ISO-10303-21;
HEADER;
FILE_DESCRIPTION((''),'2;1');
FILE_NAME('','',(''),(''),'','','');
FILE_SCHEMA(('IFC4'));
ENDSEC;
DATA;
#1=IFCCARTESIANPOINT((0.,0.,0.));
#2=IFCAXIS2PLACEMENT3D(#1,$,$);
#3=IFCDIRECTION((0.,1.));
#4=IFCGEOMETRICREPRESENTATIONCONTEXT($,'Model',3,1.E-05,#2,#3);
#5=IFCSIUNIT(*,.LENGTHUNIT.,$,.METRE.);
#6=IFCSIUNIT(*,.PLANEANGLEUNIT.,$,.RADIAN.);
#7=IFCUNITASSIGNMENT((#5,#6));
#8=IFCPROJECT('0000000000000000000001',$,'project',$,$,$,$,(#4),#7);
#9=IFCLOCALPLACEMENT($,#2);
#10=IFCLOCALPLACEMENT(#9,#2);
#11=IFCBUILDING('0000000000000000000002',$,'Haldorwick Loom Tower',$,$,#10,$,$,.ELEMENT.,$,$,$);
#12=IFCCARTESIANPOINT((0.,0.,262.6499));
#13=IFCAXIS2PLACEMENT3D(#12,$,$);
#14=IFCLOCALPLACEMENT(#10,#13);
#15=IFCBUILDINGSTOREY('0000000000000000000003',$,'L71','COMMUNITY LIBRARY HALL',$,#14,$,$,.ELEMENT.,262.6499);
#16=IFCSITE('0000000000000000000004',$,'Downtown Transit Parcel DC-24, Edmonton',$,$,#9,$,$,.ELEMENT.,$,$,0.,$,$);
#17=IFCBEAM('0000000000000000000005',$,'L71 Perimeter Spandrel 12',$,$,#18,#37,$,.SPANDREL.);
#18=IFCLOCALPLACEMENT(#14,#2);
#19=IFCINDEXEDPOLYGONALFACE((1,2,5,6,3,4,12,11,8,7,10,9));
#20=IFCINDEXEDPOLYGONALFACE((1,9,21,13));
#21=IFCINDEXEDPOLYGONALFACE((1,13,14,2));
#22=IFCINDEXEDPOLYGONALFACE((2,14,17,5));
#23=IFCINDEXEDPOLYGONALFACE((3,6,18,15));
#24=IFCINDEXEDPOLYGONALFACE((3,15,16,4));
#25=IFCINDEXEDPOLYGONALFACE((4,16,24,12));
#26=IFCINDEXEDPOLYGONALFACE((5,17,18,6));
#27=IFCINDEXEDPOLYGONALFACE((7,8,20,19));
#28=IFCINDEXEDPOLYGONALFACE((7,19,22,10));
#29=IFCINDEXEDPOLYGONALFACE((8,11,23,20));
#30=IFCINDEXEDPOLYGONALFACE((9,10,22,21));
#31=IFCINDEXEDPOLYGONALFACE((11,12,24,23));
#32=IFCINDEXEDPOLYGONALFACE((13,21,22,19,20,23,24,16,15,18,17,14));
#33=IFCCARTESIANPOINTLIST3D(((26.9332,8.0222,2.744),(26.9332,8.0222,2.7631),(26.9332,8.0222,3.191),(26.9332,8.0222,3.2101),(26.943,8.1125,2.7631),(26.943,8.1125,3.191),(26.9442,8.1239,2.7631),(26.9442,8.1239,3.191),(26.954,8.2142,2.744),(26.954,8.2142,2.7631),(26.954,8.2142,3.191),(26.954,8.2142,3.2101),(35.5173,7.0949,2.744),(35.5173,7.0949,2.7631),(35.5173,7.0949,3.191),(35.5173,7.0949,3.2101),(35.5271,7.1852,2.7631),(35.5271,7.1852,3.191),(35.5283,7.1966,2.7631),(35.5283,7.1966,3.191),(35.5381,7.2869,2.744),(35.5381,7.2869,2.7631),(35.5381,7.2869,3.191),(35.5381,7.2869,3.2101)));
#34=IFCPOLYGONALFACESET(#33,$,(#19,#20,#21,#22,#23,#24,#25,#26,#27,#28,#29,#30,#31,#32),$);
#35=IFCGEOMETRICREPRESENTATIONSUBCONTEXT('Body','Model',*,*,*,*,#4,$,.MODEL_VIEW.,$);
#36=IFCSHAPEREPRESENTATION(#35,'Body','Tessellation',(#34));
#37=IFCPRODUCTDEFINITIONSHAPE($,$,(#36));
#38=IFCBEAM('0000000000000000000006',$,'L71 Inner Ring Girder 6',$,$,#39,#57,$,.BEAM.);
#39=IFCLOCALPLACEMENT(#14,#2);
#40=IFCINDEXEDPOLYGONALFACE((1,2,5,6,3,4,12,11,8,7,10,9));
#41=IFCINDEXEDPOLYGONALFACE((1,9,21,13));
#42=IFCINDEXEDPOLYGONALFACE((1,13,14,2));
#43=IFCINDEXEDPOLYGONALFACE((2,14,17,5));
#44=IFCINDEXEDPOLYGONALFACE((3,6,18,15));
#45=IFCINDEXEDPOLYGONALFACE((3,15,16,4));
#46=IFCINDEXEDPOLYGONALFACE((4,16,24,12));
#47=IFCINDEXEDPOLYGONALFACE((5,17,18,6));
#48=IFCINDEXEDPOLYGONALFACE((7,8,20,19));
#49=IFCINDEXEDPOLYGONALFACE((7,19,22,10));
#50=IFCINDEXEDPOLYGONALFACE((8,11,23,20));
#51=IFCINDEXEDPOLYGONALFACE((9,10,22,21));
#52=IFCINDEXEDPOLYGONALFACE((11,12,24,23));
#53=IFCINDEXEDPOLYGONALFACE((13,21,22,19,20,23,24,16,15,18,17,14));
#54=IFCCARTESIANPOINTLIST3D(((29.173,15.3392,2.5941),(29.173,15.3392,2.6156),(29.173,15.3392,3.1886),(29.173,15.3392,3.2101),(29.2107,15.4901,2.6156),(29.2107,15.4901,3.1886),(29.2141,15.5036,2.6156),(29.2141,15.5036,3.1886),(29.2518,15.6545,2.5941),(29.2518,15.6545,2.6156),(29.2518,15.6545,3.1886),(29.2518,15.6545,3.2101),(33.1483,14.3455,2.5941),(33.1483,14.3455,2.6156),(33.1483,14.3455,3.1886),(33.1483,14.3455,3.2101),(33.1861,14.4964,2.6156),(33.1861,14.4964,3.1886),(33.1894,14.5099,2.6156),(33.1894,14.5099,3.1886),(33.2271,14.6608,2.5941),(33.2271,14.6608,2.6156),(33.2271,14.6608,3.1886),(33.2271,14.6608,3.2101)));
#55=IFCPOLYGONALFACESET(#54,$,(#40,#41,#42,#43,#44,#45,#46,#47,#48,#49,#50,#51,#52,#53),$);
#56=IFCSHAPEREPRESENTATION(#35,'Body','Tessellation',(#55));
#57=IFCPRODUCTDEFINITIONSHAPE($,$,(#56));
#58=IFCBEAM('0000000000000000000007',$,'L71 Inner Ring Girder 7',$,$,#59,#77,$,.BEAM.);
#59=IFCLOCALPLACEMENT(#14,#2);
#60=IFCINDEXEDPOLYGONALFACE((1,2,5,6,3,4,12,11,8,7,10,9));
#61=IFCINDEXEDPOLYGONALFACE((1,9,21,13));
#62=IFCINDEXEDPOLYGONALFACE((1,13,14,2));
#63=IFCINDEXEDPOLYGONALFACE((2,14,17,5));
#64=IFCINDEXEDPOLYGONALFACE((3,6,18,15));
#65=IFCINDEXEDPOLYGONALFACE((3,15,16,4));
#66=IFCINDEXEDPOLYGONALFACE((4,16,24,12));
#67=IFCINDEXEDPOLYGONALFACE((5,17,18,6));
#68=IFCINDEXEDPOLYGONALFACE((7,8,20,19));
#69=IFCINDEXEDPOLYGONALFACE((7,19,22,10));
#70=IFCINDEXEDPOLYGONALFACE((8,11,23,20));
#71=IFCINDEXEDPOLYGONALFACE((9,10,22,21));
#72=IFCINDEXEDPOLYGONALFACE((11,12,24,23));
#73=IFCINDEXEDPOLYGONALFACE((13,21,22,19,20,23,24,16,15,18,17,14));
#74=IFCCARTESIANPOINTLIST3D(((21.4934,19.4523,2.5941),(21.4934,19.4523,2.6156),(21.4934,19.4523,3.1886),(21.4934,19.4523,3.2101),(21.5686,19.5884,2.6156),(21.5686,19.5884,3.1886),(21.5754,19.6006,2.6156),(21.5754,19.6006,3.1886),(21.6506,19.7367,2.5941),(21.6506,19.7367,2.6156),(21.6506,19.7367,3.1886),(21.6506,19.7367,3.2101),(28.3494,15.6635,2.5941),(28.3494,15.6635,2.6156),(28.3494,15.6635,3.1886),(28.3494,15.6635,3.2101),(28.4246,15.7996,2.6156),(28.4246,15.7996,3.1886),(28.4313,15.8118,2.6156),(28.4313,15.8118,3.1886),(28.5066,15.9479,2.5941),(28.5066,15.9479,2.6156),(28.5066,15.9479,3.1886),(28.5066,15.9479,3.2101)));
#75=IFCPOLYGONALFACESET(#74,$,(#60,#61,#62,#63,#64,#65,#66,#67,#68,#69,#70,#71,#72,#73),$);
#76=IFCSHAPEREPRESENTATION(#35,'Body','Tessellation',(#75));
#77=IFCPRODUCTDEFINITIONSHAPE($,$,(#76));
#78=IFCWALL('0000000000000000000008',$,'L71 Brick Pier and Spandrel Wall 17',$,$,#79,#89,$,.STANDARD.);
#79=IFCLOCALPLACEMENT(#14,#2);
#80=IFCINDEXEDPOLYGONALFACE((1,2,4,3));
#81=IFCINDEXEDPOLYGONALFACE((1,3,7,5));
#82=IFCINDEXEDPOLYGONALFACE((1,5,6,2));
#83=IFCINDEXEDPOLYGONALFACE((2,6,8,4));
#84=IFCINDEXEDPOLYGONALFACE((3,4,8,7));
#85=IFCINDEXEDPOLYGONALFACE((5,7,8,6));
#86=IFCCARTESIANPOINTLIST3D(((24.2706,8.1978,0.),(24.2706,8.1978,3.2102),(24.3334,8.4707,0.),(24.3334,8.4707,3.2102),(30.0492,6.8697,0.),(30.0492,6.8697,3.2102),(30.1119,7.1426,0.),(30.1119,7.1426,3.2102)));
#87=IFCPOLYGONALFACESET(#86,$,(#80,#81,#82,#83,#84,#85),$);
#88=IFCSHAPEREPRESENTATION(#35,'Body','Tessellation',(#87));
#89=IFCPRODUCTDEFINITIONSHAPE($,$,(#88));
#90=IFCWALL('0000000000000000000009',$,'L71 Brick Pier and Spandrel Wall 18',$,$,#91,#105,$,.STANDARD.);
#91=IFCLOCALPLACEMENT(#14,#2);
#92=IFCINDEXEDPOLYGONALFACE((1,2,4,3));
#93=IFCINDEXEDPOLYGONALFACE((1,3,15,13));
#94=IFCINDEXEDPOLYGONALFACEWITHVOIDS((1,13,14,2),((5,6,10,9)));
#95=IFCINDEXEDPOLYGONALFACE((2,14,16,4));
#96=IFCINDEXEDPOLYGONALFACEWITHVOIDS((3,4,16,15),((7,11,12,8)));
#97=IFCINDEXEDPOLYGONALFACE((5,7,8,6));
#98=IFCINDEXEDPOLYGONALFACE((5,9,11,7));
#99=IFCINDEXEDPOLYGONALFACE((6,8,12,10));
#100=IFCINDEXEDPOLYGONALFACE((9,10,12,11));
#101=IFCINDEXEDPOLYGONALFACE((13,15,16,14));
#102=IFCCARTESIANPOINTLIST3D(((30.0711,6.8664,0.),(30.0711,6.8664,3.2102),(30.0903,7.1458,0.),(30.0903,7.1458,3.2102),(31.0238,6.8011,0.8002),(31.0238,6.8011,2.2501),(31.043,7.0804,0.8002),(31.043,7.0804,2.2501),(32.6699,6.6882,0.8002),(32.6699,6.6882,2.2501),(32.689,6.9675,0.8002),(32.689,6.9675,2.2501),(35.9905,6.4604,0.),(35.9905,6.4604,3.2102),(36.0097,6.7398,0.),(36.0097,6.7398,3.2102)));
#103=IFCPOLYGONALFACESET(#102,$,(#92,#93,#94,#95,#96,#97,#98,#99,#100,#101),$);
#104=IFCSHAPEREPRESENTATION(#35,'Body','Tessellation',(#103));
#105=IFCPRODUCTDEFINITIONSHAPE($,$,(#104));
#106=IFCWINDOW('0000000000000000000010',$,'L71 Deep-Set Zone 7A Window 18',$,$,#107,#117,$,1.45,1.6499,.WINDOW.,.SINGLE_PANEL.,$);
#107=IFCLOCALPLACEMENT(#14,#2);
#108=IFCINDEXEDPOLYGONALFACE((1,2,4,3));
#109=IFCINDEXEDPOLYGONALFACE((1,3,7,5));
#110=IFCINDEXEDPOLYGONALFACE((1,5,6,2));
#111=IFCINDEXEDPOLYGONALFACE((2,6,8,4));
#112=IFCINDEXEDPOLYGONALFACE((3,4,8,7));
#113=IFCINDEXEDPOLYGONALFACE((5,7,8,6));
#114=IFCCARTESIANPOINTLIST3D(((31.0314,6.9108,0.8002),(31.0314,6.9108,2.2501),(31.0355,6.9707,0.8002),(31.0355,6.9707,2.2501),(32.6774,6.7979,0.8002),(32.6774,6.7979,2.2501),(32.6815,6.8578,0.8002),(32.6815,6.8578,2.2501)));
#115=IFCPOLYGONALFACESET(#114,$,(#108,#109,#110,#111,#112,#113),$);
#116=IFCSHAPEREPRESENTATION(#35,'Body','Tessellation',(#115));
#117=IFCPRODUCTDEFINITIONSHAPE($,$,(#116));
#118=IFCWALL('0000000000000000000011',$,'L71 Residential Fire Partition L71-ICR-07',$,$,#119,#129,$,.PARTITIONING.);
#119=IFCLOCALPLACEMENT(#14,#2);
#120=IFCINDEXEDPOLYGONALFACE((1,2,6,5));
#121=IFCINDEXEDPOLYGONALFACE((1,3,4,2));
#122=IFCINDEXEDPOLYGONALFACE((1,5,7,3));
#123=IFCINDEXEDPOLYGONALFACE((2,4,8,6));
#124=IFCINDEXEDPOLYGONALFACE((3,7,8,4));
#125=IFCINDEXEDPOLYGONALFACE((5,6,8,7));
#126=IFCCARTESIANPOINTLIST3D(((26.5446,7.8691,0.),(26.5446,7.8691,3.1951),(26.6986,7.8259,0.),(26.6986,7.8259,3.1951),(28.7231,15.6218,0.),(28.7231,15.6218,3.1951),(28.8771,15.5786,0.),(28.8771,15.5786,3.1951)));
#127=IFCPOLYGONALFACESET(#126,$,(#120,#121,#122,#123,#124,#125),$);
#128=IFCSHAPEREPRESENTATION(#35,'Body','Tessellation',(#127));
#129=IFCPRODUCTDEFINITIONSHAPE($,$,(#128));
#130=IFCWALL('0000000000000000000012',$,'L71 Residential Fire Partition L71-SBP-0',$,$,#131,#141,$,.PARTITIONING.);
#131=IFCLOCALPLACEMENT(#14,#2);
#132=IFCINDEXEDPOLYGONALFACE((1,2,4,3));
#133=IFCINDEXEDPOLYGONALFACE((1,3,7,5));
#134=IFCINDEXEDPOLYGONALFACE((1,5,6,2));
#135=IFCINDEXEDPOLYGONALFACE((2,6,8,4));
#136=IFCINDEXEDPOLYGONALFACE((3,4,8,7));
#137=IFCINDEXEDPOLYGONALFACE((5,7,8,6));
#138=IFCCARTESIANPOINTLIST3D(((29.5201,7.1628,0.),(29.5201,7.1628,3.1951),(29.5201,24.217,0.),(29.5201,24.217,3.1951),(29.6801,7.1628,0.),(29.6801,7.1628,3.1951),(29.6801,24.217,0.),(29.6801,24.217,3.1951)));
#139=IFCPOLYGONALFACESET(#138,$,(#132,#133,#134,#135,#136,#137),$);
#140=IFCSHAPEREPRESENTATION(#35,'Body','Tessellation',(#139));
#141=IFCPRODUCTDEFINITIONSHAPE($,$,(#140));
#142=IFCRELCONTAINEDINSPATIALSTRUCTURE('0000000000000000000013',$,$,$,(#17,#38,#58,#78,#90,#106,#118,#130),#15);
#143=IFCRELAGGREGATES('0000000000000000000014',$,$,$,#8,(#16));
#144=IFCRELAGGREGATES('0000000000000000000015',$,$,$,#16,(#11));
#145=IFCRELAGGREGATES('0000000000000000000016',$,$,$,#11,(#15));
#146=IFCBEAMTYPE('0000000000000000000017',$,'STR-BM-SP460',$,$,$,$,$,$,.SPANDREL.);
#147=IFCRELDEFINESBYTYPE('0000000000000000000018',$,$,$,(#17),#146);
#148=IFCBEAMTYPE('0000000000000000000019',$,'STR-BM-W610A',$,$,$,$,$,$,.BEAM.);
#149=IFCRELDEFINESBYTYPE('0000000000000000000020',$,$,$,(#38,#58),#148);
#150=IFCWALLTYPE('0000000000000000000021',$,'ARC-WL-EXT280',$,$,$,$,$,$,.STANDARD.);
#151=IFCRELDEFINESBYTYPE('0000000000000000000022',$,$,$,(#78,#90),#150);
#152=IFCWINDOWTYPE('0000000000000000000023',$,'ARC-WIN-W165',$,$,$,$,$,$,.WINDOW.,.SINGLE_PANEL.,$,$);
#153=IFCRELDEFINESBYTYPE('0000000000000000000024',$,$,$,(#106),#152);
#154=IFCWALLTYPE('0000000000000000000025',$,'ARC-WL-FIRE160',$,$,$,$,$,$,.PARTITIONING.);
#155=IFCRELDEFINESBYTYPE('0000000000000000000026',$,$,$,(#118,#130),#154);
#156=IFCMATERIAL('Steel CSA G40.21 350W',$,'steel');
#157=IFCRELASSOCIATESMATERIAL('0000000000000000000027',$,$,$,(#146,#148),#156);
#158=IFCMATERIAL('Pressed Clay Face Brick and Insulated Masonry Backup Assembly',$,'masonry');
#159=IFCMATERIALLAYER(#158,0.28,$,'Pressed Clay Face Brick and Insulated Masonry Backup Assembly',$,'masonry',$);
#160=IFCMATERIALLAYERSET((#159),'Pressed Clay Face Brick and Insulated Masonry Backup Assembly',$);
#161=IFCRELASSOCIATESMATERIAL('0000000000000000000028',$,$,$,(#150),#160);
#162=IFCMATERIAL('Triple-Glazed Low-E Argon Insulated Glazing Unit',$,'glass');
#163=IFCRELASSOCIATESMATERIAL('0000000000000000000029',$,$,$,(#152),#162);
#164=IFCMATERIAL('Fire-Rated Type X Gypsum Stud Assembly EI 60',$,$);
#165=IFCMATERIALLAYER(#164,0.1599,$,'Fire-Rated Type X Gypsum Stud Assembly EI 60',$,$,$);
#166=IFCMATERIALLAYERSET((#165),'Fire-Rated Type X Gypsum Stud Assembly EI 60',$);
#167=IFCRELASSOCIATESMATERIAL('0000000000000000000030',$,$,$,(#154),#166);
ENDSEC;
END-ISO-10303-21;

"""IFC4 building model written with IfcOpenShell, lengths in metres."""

from ifc_helpers import new_model, si_unit, direction, frame, frame_2d, origin, origin_2d, place, context, subcontext, project, spatial, rectangle, i_section, extrude, material, layer, layer_set, material_profile, profile_set, type_object, element, fill, save


model = new_model("IFC4")

# Units and contexts
model_context = context("Model", 3, precision=1e-05, world=origin(), true_north=direction((0.0, 1.0)))
body_context = subcontext(model_context, "Body", "Model", "MODEL_VIEW")
ifc_project = project(units=[si_unit("LENGTHUNIT", "METRE"), si_unit("PLANEANGLEUNIT", "RADIAN")], contexts=[model_context])

# Site, building, storey
site_placement = place(None, origin())
site = spatial("IfcSite", under=ifc_project, at=site_placement, Name="Downtown Transit Parcel DC-24, Edmonton", CompositionType="ELEMENT", RefElevation=0.0)
building_placement = place(site_placement, origin())
building = spatial("IfcBuilding", under=site, at=building_placement, Name="Haldorwick Loom Tower", CompositionType="ELEMENT")
storey_placement = place(building_placement, frame((0.0, 0.0, 262.6499)))
storey = spatial("IfcBuildingStorey", under=building, at=storey_placement, Name="L71", Description="COMMUNITY LIBRARY HALL", CompositionType="ELEMENT", Elevation=262.6499)

# Beams
ifc_material_1 = material(Name="Steel CSA G40.21 350W", Category="steel")
ifc_material_profile_1 = material_profile(ifc_material_1, i_section(OverallWidth=0.1931, OverallDepth=0.4661, WebThickness=0.0115, FlangeThickness=0.019, at=origin_2d()), Name="W460X97", Category="steel")
ifc_profile_set_1 = profile_set([ifc_material_profile_1], Name="Steel CSA G40.21 350W")
beam_type_1 = type_object("IfcBeamType", Name="STR-BM-SP460", PredefinedType="SPANDREL", material=ifc_profile_set_1)
beam_1_placement = place(storey_placement, frame((26.9436, 8.1182, 2.9771), z_axis=(0.994216, -0.107396, 0.0), x_axis=(0.107396, 0.994216, 0.0)))
element("IfcBeam", 1, at=beam_1_placement, inside=storey, type_object=beam_type_1, Name="L71 Perimeter Spandrel 12", PredefinedType="SPANDREL", context=body_context, shape_type="SweptSolid", body=[
    extrude(i_section(OverallWidth=0.1931, OverallDepth=0.4661, WebThickness=0.0115, FlangeThickness=0.019, at=origin_2d()), origin(), (0.0, 0.0, 1.0), 8.634),
])
ifc_material_profile_2 = material_profile(ifc_material_1, i_section(OverallWidth=0.325, OverallDepth=0.616, WebThickness=0.0139, FlangeThickness=0.0215, at=origin_2d()), Name="W610X174", Category="steel")
ifc_profile_set_2 = profile_set([ifc_material_profile_2], Name="Steel CSA G40.21 350W")
beam_type_2 = type_object("IfcBeamType", Name="STR-BM-W610A", PredefinedType="BEAM", material=ifc_profile_set_2)
beam_2_placement = place(storey_placement, frame((33.1877, 14.5032, 2.9021), z_axis=(-0.970153, 0.242494, 0.0), x_axis=(-0.242494, -0.970153, 0.0)))
element("IfcBeam", 2, at=beam_2_placement, inside=storey, type_object=beam_type_2, Name="L71 Inner Ring Girder 6", PredefinedType="BEAM", context=body_context, shape_type="SweptSolid", body=[
    extrude(i_section(OverallWidth=0.325, OverallDepth=0.616, WebThickness=0.0139, FlangeThickness=0.0215, at=origin_2d()), origin(), (0.0, 0.0, 1.0), 4.0977),
])
beam_3_placement = place(storey_placement, frame((28.428, 15.8057, 2.9021), z_axis=(-0.875242, 0.483686, 0.0), x_axis=(-0.483686, -0.875242, 0.0)))
element("IfcBeam", 3, at=beam_3_placement, inside=storey, type_object=beam_type_2, Name="L71 Inner Ring Girder 7", PredefinedType="BEAM", context=body_context, shape_type="SweptSolid", body=[
    extrude(i_section(OverallWidth=0.325, OverallDepth=0.616, WebThickness=0.0139, FlangeThickness=0.0215, at=origin_2d()), origin(), (0.0, 0.0, 1.0), 7.8333),
])

# Wall
ifc_material_2 = material(Name="Pressed Clay Face Brick and Insulated Masonry Backup Assembly", Category="masonry")
ifc_layer_1 = layer(ifc_material_2, 0.28, Name="Pressed Clay Face Brick and Insulated Masonry Backup Assembly", Category="masonry")
ifc_layer_set_1 = layer_set([ifc_layer_1], Name="Pressed Clay Face Brick and Insulated Masonry Backup Assembly")
wall_type_1 = type_object("IfcWallType", Name="ARC-WL-EXT280", PredefinedType="STANDARD", material=ifc_layer_set_1)
wall_1_placement = place(storey_placement, frame((24.302, 8.3342, 0.0), z_axis=(0.0, 0.0, 1.0), x_axis=(0.97459, -0.223996, 0.0)))
element("IfcWall", 4, at=wall_1_placement, inside=storey, type_object=wall_type_1, Name="L71 Brick Pier and Spandrel Wall 17", PredefinedType="STANDARD", context=body_context, shape_type="SweptSolid", body=[
    extrude(rectangle(XDim=5.9292, YDim=0.28, at=frame_2d((2.9646, 0.0))), origin(), (0.0, 0.0, 1.0), 3.2102),
])

# Wall, opening, window
wall_2_placement = place(storey_placement, frame((30.0806, 7.0061, 0.0), z_axis=(0.0, 0.0, 1.0), x_axis=(0.997656, -0.068428, 0.0)))
wall_2 = element("IfcWall", 5, at=wall_2_placement, inside=storey, type_object=wall_type_1, Name="L71 Brick Pier and Spandrel Wall 18", PredefinedType="STANDARD", context=body_context, shape_type="SweptSolid", body=[
    extrude(rectangle(XDim=5.9333, YDim=0.28, at=frame_2d((2.9668, 0.0))), origin(), (0.0, 0.0, 1.0), 3.2102),
])
opening_placement = place(wall_2_placement, frame((0.9551, 0.0, 0.8)))
opening = element("IfcOpeningElement", 6, at=opening_placement, cuts=wall_2, PredefinedType="OPENING", context=body_context, shape_type="SweptSolid", body=[
    extrude(rectangle(XDim=1.6499, YDim=1.45, at=frame_2d((0.825, 0.7251))), frame((0.0, 0.1499, 0.0), z_axis=(0.0, -1.0, 0.0), x_axis=(1.0, 0.0, 0.0)), (0.0, 0.0, 1.0), 0.3),
])
ifc_material_3 = material(Name="Triple-Glazed Low-E Argon Insulated Glazing Unit", Category="glass")
window_type = type_object("IfcWindowType", Name="ARC-WIN-W165", PartitioningType="SINGLE_PANEL", PredefinedType="WINDOW", material=ifc_material_3)
window_placement = place(opening_placement, origin())
window = element("IfcWindow", 7, at=window_placement, inside=storey, type_object=window_type, Name="L71 Deep-Set Zone 7A Window 18", OverallHeight=1.45, OverallWidth=1.6499, PartitioningType="SINGLE_PANEL", PredefinedType="WINDOW", context=body_context, shape_type="SweptSolid", body=[
    extrude(rectangle(XDim=1.6499, YDim=1.45, at=frame_2d((0.825, 0.7251))), frame((0.0, 0.03, 0.0), z_axis=(0.0, -1.0, 0.0), x_axis=(1.0, 0.0, 0.0)), (0.0, 0.0, 1.0), 0.0601),
])
fill(opening, window)

# Walls
ifc_material_4 = material(Name="Fire-Rated Type X Gypsum Stud Assembly EI 60")
ifc_layer_2 = layer(ifc_material_4, 0.1599, Name="Fire-Rated Type X Gypsum Stud Assembly EI 60")
ifc_layer_set_2 = layer_set([ifc_layer_2], Name="Fire-Rated Type X Gypsum Stud Assembly EI 60")
wall_type_2 = type_object("IfcWallType", Name="ARC-WL-FIRE160", PredefinedType="PARTITIONING", material=ifc_layer_set_2)
wall_3_placement = place(storey_placement, frame((28.8, 15.6001, 0.0), z_axis=(0.0, 0.0, 1.0), x_axis=(-0.270518, -0.962715, 0.0)))
element("IfcWall", 8, at=wall_3_placement, inside=storey, type_object=wall_type_2, Name="L71 Residential Fire Partition L71-ICR-07", PredefinedType="PARTITIONING", context=body_context, shape_type="SweptSolid", body=[
    extrude(rectangle(XDim=8.053, YDim=0.1599, at=frame_2d((4.0264, 0.0))), origin(), (0.0, 0.0, 1.0), 3.1951),
])
wall_4_placement = place(storey_placement, frame((29.6001, 7.1628, 0.0), z_axis=(0.0, 0.0, 1.0), x_axis=(0.0, 1.0, 0.0)))
element("IfcWall", 9, at=wall_4_placement, inside=storey, type_object=wall_type_2, Name="L71 Residential Fire Partition L71-SBP-0", PredefinedType="PARTITIONING", context=body_context, shape_type="SweptSolid", body=[
    extrude(rectangle(XDim=17.0542, YDim=0.1599, at=frame_2d((8.5271, 0.0))), origin(), (0.0, 0.0, 1.0), 3.1951),
])

save(model, "model.ifc")
